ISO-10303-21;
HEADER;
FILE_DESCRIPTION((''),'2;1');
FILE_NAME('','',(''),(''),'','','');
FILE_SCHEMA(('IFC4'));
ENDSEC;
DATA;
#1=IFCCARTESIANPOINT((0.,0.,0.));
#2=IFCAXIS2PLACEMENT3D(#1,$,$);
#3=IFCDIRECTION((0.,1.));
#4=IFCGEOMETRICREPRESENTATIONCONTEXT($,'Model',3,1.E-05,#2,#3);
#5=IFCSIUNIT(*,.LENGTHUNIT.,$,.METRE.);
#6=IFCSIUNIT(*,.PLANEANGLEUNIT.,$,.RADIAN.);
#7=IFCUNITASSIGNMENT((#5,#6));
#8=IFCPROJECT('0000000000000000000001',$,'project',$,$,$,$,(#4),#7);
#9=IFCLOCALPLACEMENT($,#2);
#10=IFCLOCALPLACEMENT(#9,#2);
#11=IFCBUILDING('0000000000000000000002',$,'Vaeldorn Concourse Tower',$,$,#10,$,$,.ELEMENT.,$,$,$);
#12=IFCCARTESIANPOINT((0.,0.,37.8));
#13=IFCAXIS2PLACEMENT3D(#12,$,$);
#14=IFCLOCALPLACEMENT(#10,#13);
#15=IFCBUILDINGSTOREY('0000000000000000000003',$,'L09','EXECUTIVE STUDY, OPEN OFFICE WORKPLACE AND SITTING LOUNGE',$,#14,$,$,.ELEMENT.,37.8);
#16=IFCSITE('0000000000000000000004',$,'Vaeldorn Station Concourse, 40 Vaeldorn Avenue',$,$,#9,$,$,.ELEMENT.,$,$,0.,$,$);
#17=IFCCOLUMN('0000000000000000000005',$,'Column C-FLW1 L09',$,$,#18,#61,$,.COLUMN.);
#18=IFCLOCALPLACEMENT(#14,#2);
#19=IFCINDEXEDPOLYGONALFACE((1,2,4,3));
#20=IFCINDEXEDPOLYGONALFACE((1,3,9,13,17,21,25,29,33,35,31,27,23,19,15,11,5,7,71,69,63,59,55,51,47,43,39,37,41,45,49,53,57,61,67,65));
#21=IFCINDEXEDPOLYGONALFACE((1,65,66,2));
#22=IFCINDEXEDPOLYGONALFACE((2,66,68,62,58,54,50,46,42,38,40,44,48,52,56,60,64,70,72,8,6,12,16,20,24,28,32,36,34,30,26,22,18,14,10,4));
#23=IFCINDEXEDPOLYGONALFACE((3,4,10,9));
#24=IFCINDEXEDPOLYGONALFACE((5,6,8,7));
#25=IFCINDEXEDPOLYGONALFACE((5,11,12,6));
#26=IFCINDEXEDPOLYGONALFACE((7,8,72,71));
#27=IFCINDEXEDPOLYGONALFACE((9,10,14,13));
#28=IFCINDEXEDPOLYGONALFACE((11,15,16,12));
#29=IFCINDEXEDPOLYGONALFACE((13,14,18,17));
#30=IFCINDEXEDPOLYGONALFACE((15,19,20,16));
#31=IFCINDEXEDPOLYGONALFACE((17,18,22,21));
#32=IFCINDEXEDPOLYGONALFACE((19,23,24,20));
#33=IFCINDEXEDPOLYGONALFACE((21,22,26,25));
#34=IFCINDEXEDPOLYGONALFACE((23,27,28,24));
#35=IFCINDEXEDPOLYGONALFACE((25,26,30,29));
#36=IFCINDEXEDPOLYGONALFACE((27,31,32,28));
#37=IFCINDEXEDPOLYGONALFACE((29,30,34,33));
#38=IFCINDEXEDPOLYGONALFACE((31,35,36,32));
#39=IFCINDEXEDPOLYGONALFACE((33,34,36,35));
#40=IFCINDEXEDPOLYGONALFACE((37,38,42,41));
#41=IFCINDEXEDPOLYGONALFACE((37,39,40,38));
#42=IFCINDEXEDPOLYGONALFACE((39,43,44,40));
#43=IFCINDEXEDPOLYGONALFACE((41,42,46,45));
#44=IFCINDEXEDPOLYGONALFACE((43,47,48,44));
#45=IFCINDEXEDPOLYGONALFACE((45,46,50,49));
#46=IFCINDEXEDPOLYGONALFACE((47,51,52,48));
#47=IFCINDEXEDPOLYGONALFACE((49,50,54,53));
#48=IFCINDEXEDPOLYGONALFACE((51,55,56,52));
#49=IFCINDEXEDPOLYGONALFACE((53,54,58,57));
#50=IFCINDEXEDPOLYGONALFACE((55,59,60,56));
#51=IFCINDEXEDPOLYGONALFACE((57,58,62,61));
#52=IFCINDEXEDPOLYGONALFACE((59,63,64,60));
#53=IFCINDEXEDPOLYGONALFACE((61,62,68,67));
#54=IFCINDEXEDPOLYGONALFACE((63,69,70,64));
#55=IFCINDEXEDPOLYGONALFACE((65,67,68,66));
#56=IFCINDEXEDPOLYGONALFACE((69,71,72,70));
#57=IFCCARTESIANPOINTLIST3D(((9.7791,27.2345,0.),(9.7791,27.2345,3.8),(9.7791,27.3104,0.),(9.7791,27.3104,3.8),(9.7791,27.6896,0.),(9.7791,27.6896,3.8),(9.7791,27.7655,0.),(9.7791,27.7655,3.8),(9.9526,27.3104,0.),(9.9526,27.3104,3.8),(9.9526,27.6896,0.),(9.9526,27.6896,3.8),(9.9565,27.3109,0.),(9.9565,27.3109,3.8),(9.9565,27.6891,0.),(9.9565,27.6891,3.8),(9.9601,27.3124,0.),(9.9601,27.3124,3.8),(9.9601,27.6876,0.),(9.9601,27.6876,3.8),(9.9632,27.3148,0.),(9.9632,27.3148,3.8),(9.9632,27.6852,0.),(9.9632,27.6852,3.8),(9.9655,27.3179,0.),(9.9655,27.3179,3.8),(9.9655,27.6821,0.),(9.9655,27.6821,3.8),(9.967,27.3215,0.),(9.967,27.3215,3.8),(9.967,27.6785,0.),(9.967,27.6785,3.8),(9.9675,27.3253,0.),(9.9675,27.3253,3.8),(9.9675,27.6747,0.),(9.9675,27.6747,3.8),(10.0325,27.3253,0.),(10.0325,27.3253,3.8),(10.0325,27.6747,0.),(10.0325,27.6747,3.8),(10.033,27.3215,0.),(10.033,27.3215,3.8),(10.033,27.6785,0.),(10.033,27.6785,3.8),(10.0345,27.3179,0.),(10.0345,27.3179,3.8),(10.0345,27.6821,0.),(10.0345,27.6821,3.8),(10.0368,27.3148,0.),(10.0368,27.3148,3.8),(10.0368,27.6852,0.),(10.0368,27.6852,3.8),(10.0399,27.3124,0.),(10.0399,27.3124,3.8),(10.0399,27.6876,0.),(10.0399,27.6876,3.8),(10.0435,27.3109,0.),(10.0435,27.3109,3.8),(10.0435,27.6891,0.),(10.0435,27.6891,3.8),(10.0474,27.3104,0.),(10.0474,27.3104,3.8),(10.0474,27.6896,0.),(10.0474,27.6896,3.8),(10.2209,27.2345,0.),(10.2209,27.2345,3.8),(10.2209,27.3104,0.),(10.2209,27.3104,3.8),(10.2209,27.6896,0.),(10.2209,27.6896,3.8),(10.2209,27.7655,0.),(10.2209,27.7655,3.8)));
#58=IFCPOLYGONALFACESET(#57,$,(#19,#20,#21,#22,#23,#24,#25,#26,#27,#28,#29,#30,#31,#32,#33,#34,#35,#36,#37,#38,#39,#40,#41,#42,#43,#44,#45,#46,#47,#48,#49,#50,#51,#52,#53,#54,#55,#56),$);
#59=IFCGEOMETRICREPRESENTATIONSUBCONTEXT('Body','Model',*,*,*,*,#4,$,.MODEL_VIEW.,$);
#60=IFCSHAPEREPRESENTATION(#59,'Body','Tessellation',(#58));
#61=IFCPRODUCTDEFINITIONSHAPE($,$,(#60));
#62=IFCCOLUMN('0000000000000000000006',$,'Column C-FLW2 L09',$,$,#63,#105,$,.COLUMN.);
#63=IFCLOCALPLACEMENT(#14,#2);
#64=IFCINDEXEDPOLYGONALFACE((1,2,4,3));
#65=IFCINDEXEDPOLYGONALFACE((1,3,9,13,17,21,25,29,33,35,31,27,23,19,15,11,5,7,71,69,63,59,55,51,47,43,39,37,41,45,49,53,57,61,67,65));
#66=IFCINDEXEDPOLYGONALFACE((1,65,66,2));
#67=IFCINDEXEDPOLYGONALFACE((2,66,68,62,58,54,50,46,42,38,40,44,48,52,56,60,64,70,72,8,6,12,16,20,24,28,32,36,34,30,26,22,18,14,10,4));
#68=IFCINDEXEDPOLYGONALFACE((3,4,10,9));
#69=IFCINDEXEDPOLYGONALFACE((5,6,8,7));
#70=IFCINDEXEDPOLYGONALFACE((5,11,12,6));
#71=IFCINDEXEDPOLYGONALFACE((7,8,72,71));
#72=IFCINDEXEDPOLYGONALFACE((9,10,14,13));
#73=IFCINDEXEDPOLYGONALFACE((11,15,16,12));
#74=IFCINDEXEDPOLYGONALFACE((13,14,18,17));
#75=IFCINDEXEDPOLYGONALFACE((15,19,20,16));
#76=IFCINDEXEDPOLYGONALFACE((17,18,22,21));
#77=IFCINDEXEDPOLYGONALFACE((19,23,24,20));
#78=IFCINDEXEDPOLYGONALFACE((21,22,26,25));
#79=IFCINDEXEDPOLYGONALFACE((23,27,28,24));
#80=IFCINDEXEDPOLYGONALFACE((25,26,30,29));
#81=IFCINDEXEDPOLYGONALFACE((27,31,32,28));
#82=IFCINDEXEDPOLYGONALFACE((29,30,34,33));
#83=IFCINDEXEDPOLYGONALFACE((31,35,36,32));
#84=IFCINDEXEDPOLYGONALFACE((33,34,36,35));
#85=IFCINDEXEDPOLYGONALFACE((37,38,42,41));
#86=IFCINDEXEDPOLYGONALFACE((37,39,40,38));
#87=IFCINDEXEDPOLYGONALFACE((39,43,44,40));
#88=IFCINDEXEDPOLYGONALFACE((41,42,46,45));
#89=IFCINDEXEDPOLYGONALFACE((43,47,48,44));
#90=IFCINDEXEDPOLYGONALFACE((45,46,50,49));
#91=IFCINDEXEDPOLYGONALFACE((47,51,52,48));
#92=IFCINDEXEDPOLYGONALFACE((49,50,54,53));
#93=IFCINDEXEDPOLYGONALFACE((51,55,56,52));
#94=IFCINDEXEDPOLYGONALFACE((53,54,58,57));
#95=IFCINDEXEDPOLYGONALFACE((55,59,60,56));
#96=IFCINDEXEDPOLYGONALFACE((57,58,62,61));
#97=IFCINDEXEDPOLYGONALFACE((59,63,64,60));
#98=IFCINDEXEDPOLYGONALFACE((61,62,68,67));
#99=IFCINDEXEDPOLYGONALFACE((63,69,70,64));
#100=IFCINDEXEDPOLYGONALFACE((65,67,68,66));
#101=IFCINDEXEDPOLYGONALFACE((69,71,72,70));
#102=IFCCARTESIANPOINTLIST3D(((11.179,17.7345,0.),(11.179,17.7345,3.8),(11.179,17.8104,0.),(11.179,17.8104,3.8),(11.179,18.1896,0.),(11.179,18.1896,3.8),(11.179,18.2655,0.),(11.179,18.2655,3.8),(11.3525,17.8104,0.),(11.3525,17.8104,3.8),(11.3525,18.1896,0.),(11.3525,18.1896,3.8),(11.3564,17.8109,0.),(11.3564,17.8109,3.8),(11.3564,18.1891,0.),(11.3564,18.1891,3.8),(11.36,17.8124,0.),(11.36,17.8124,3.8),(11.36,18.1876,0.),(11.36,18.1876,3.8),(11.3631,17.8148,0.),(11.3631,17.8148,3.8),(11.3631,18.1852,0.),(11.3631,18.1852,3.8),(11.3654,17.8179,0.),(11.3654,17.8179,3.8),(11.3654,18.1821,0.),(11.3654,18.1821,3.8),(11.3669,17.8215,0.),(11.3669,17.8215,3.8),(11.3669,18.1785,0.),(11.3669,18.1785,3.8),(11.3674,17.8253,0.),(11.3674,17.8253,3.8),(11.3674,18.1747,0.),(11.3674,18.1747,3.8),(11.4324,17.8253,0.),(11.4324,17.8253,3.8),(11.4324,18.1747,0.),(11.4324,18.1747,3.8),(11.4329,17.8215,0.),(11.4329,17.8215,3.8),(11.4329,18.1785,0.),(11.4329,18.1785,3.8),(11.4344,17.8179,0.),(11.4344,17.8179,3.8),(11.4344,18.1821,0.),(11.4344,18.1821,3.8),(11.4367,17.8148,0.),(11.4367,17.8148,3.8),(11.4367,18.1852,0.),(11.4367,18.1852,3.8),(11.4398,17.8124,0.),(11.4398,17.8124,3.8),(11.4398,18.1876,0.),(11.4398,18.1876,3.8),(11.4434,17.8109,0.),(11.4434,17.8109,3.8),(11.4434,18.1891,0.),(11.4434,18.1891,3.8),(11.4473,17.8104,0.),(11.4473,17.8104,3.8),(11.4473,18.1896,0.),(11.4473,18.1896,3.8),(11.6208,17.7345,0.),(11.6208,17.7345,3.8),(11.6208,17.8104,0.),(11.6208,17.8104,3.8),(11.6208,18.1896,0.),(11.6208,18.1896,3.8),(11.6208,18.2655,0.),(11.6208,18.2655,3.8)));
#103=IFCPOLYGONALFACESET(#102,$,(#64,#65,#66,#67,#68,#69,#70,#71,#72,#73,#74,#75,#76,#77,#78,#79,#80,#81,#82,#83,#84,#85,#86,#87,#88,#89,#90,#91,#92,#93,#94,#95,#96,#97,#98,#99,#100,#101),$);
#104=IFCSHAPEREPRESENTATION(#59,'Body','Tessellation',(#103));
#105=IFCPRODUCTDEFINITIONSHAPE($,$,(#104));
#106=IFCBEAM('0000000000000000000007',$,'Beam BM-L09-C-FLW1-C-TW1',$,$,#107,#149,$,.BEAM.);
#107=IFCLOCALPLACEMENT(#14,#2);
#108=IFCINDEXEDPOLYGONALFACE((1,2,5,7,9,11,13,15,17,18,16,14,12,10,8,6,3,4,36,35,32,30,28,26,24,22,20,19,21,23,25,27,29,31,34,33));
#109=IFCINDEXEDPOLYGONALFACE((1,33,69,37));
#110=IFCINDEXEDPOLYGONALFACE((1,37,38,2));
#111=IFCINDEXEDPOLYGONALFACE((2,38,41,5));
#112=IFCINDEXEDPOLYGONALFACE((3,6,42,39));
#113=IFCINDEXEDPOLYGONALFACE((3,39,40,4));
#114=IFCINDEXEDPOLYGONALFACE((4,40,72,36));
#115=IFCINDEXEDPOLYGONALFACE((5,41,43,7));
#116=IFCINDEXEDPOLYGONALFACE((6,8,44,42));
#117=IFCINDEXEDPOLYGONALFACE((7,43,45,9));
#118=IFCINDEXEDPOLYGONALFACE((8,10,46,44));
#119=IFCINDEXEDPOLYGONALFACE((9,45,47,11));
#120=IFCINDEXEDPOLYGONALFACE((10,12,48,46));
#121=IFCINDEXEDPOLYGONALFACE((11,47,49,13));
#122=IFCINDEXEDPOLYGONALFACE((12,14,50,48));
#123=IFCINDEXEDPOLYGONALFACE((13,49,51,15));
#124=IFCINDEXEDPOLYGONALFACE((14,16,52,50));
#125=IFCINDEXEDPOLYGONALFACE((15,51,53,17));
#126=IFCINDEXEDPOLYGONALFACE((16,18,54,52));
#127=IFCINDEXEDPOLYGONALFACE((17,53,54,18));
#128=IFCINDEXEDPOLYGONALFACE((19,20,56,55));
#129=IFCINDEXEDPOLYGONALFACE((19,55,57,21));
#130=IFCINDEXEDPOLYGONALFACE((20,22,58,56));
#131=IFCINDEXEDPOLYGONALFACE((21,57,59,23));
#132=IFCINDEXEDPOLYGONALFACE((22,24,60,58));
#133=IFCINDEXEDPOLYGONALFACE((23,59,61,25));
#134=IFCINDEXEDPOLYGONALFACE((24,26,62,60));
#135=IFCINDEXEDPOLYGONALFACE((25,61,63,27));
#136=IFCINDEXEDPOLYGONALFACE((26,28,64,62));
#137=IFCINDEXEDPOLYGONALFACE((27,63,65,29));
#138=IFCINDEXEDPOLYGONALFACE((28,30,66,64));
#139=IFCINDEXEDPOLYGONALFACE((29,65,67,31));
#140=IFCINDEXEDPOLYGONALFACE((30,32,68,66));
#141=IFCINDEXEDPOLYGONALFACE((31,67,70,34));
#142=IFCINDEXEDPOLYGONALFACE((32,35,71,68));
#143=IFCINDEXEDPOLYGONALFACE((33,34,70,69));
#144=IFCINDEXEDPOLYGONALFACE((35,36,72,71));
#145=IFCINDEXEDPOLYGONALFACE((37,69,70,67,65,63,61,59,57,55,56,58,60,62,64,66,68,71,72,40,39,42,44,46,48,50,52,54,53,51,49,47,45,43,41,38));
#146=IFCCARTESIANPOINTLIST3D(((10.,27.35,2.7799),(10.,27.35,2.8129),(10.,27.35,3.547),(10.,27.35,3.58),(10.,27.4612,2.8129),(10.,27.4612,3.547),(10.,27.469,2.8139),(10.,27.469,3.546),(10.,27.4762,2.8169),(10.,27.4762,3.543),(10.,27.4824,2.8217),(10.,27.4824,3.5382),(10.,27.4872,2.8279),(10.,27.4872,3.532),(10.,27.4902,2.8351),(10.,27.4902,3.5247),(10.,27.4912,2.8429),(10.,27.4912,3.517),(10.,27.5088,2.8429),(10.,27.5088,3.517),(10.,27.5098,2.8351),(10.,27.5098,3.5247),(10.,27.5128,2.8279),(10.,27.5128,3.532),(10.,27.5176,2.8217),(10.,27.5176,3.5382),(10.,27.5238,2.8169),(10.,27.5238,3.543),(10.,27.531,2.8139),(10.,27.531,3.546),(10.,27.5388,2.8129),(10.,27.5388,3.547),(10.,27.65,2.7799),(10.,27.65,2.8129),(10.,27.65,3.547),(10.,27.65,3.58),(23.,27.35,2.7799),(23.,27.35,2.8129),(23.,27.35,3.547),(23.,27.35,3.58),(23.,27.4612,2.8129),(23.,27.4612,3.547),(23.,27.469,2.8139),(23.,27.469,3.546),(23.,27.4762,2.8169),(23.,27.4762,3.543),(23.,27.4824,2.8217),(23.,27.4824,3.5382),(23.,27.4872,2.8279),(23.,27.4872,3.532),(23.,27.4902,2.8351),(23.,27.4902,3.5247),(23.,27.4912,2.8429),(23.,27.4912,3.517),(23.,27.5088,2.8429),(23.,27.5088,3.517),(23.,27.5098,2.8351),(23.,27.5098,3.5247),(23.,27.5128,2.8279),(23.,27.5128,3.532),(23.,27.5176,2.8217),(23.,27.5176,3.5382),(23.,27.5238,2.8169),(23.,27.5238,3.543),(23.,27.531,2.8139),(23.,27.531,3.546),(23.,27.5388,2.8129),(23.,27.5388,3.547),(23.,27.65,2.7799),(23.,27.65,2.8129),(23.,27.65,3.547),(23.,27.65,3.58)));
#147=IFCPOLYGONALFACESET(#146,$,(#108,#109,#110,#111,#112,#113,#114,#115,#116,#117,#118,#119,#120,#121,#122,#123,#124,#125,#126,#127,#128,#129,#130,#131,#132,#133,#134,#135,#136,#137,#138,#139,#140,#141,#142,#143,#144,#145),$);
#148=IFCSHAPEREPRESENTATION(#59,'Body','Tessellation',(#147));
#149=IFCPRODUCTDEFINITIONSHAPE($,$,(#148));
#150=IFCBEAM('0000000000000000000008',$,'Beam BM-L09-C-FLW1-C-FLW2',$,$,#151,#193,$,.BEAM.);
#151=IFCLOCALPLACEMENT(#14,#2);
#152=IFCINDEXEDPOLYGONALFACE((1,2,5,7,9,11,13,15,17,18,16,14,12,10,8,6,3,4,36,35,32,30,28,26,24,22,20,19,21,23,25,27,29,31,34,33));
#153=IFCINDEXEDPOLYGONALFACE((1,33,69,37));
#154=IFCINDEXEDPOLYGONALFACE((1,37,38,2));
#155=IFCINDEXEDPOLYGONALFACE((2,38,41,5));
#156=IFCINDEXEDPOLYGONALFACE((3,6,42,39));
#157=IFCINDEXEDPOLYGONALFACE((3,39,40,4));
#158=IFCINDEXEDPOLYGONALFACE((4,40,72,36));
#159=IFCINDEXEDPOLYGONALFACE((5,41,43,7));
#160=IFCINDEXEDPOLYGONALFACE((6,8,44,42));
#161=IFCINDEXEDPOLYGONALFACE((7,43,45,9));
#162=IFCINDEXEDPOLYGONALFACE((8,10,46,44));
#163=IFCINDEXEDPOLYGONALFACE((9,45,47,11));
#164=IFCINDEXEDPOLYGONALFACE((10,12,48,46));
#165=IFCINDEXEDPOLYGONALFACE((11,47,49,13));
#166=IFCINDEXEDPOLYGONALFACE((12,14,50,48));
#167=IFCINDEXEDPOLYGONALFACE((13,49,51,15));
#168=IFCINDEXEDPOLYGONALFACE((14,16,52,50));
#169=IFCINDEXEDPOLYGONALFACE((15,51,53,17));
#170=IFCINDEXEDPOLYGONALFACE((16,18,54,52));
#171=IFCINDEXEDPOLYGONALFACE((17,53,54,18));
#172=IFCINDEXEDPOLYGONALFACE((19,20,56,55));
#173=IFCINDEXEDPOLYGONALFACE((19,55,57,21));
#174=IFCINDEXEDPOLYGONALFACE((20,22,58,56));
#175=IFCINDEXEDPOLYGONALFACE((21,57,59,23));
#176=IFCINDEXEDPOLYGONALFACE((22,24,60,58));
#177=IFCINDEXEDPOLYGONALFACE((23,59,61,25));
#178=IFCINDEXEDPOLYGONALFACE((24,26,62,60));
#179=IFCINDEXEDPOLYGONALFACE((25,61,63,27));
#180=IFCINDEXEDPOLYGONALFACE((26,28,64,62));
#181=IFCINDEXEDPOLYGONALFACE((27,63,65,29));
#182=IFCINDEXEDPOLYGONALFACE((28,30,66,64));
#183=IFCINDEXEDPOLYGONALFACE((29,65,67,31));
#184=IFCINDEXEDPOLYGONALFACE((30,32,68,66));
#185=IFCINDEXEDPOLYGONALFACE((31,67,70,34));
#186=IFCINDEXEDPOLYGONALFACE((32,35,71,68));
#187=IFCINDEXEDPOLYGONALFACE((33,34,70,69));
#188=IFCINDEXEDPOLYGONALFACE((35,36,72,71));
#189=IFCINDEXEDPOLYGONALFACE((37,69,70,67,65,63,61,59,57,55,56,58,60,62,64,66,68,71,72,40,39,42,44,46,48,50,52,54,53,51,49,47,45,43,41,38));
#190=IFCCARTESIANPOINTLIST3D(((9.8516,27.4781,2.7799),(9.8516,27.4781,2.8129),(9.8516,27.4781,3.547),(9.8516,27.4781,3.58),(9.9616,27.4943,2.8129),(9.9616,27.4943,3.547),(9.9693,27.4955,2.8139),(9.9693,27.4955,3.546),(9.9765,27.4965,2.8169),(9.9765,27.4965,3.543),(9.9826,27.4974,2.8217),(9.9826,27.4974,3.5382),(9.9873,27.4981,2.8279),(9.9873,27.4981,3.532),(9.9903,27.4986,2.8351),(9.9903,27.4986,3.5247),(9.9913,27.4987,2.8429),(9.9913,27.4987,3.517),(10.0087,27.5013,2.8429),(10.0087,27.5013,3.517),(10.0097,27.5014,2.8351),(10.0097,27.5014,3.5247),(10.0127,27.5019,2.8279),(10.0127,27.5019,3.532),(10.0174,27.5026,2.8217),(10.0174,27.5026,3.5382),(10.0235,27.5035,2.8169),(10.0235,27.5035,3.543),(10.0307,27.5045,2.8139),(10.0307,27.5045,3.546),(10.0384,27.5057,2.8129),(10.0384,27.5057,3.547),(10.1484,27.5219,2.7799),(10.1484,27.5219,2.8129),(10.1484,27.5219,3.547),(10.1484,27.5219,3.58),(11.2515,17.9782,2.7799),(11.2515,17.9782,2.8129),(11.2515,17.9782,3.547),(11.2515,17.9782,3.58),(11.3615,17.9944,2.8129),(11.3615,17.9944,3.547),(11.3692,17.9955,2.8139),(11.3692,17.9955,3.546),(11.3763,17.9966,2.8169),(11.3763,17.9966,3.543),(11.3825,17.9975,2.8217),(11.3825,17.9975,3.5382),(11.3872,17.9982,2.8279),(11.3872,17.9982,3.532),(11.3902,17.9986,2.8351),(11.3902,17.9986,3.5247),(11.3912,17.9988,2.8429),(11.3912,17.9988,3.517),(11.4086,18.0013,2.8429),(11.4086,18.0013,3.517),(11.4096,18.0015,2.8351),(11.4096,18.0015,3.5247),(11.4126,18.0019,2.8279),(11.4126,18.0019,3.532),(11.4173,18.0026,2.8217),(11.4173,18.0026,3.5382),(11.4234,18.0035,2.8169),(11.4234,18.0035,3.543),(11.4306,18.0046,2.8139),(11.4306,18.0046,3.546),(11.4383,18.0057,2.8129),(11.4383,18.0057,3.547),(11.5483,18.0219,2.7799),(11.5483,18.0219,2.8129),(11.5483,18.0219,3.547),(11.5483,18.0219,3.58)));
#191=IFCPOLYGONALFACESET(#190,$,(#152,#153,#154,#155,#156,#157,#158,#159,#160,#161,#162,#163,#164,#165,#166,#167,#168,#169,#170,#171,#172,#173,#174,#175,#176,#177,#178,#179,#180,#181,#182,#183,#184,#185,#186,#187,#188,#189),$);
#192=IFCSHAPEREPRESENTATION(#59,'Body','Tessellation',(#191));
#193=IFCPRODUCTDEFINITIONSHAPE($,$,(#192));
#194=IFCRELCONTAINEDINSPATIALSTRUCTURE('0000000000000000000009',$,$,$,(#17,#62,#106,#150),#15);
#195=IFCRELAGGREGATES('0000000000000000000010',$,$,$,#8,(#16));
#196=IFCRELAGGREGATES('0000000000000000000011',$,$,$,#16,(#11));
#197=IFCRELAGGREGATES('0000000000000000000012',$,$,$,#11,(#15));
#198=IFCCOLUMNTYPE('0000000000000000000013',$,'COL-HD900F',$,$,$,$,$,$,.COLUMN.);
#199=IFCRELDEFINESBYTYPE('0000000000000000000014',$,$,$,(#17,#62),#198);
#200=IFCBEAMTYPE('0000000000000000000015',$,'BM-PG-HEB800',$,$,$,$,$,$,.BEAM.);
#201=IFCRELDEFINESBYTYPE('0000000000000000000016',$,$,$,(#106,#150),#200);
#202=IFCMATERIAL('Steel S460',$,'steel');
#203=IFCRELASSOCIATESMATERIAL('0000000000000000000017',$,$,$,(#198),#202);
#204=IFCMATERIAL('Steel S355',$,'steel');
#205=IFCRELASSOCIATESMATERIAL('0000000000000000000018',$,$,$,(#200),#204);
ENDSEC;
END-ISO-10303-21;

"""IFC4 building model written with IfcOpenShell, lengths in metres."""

from ifc_helpers import new_model, si_unit, direction, frame, origin, origin_2d, place, context, subcontext, project, spatial, i_section, extrude, source, transform, mapped, material, material_profile, profile_set, type_object, element, save


model = new_model("IFC4")

# Units and contexts
model_context = context("Model", 3, precision=1e-05, world=origin(), true_north=direction((0.0, 1.0)))
body_context = subcontext(model_context, "Body", "Model", "MODEL_VIEW")
ifc_project = project(units=[si_unit("LENGTHUNIT", "METRE"), si_unit("PLANEANGLEUNIT", "RADIAN")], contexts=[model_context])

# Site, building, storey
site_placement = place(None, origin())
site = spatial("IfcSite", under=ifc_project, at=site_placement, Name="Vaeldorn Station Concourse, 40 Vaeldorn Avenue", CompositionType="ELEMENT", RefElevation=0.0)
building_placement = place(site_placement, origin())
building = spatial("IfcBuilding", under=site, at=building_placement, Name="Vaeldorn Concourse Tower", CompositionType="ELEMENT")
storey_placement = place(building_placement, frame((0.0, 0.0, 37.8)))
storey = spatial("IfcBuildingStorey", under=building, at=storey_placement, Name="L09", Description="EXECUTIVE STUDY, OPEN OFFICE WORKPLACE AND SITTING LOUNGE", CompositionType="ELEMENT", Elevation=37.8)

# Columns
ifc_material_1 = material(Name="Steel S460", Category="steel")
ifc_material_profile_1 = material_profile(ifc_material_1, i_section(OverallWidth=0.4419, OverallDepth=0.531, WebThickness=0.0649, FlangeThickness=0.0759, FilletRadius=0.0149, at=origin_2d()), Name="HD 400x900")
ifc_profile_set_1 = profile_set([ifc_material_profile_1], Name="Steel S460")
column_type = type_object("IfcColumnType", Name="COL-HD900F", PredefinedType="COLUMN", material=ifc_profile_set_1)
shared_shape_1 = source(origin(), body_context, "Body", "SweptSolid", [
    extrude(i_section(OverallWidth=0.4419, OverallDepth=0.531, WebThickness=0.0649, FlangeThickness=0.0759, FilletRadius=0.0149, at=origin_2d()), origin(), (0.0, 0.0, 1.0), 3.8),
])
for number, where, z_axis, x_axis, name in (
    (1, (10.0, 27.5, 0.0), (0.0, 0.0, 1.0), (1.0, 0.0, 0.0), "Column C-FLW1 L09"),
    (2, (11.3999, 18.0, 0.0), (0.0, 0.0, 1.0), (1.0, 0.0, 0.0), "Column C-FLW2 L09"),
):
    element("IfcColumn", number, at=place(storey_placement, frame(where, z_axis=z_axis, x_axis=x_axis)), inside=storey, type_object=column_type, Name=name, PredefinedType="COLUMN", context=body_context, shape_type="MappedRepresentation", body=[
        mapped(shared_shape_1, transform((0.0, 0.0, 0.0), scale=1.0)),
    ])

# Beams
ifc_material_2 = material(Name="Steel S355", Category="steel")
ifc_material_profile_2 = material_profile(ifc_material_2, i_section(OverallWidth=0.3, OverallDepth=0.8, WebThickness=0.0176, FlangeThickness=0.033, FilletRadius=0.03, at=origin_2d()), Name="HEB 800")
ifc_profile_set_2 = profile_set([ifc_material_profile_2], Name="Steel S355")
beam_type_1 = type_object("IfcBeamType", Name="BM-PG-HEB800", PredefinedType="BEAM", material=ifc_profile_set_2)
shared_shape_2 = source(origin(), body_context, "Body", "SweptSolid", [
    extrude(i_section(OverallWidth=0.3, OverallDepth=0.8, WebThickness=0.0176, FlangeThickness=0.033, FilletRadius=0.03, at=origin_2d()), origin(), (0.0, 0.0, 1.0), 13.0),
])
beam_1_placement = place(storey_placement, frame((10.0, 27.5, 3.1799), z_axis=(1.0, 0.0, 0.0), x_axis=(0.0, 1.0, 0.0)))
element("IfcBeam", 3, at=beam_1_placement, inside=storey, type_object=beam_type_1, Name="Beam BM-L09-C-FLW1-C-TW1", PredefinedType="BEAM", context=body_context, shape_type="MappedRepresentation", body=[
    mapped(shared_shape_2, transform((0.0, 0.0, 0.0), scale=1.0)),
])
shared_shape_3 = source(origin(), body_context, "Body", "SweptSolid", [
    extrude(i_section(OverallWidth=0.3, OverallDepth=0.8, WebThickness=0.0176, FlangeThickness=0.033, FilletRadius=0.03, at=origin_2d()), origin(), (0.0, 0.0, 1.0), 9.6025),
])
beam_2_placement = place(storey_placement, frame((10.0, 27.5, 3.1799), z_axis=(0.145784, -0.989316, 0.0), x_axis=(0.989316, 0.145784, 0.0)))
element("IfcBeam", 4, at=beam_2_placement, inside=storey, type_object=beam_type_1, Name="Beam BM-L09-C-FLW1-C-FLW2", PredefinedType="BEAM", context=body_context, shape_type="MappedRepresentation", body=[
    mapped(shared_shape_3, transform((0.0, 0.0, 0.0), scale=1.0)),
])

save(model, "model.ifc")
